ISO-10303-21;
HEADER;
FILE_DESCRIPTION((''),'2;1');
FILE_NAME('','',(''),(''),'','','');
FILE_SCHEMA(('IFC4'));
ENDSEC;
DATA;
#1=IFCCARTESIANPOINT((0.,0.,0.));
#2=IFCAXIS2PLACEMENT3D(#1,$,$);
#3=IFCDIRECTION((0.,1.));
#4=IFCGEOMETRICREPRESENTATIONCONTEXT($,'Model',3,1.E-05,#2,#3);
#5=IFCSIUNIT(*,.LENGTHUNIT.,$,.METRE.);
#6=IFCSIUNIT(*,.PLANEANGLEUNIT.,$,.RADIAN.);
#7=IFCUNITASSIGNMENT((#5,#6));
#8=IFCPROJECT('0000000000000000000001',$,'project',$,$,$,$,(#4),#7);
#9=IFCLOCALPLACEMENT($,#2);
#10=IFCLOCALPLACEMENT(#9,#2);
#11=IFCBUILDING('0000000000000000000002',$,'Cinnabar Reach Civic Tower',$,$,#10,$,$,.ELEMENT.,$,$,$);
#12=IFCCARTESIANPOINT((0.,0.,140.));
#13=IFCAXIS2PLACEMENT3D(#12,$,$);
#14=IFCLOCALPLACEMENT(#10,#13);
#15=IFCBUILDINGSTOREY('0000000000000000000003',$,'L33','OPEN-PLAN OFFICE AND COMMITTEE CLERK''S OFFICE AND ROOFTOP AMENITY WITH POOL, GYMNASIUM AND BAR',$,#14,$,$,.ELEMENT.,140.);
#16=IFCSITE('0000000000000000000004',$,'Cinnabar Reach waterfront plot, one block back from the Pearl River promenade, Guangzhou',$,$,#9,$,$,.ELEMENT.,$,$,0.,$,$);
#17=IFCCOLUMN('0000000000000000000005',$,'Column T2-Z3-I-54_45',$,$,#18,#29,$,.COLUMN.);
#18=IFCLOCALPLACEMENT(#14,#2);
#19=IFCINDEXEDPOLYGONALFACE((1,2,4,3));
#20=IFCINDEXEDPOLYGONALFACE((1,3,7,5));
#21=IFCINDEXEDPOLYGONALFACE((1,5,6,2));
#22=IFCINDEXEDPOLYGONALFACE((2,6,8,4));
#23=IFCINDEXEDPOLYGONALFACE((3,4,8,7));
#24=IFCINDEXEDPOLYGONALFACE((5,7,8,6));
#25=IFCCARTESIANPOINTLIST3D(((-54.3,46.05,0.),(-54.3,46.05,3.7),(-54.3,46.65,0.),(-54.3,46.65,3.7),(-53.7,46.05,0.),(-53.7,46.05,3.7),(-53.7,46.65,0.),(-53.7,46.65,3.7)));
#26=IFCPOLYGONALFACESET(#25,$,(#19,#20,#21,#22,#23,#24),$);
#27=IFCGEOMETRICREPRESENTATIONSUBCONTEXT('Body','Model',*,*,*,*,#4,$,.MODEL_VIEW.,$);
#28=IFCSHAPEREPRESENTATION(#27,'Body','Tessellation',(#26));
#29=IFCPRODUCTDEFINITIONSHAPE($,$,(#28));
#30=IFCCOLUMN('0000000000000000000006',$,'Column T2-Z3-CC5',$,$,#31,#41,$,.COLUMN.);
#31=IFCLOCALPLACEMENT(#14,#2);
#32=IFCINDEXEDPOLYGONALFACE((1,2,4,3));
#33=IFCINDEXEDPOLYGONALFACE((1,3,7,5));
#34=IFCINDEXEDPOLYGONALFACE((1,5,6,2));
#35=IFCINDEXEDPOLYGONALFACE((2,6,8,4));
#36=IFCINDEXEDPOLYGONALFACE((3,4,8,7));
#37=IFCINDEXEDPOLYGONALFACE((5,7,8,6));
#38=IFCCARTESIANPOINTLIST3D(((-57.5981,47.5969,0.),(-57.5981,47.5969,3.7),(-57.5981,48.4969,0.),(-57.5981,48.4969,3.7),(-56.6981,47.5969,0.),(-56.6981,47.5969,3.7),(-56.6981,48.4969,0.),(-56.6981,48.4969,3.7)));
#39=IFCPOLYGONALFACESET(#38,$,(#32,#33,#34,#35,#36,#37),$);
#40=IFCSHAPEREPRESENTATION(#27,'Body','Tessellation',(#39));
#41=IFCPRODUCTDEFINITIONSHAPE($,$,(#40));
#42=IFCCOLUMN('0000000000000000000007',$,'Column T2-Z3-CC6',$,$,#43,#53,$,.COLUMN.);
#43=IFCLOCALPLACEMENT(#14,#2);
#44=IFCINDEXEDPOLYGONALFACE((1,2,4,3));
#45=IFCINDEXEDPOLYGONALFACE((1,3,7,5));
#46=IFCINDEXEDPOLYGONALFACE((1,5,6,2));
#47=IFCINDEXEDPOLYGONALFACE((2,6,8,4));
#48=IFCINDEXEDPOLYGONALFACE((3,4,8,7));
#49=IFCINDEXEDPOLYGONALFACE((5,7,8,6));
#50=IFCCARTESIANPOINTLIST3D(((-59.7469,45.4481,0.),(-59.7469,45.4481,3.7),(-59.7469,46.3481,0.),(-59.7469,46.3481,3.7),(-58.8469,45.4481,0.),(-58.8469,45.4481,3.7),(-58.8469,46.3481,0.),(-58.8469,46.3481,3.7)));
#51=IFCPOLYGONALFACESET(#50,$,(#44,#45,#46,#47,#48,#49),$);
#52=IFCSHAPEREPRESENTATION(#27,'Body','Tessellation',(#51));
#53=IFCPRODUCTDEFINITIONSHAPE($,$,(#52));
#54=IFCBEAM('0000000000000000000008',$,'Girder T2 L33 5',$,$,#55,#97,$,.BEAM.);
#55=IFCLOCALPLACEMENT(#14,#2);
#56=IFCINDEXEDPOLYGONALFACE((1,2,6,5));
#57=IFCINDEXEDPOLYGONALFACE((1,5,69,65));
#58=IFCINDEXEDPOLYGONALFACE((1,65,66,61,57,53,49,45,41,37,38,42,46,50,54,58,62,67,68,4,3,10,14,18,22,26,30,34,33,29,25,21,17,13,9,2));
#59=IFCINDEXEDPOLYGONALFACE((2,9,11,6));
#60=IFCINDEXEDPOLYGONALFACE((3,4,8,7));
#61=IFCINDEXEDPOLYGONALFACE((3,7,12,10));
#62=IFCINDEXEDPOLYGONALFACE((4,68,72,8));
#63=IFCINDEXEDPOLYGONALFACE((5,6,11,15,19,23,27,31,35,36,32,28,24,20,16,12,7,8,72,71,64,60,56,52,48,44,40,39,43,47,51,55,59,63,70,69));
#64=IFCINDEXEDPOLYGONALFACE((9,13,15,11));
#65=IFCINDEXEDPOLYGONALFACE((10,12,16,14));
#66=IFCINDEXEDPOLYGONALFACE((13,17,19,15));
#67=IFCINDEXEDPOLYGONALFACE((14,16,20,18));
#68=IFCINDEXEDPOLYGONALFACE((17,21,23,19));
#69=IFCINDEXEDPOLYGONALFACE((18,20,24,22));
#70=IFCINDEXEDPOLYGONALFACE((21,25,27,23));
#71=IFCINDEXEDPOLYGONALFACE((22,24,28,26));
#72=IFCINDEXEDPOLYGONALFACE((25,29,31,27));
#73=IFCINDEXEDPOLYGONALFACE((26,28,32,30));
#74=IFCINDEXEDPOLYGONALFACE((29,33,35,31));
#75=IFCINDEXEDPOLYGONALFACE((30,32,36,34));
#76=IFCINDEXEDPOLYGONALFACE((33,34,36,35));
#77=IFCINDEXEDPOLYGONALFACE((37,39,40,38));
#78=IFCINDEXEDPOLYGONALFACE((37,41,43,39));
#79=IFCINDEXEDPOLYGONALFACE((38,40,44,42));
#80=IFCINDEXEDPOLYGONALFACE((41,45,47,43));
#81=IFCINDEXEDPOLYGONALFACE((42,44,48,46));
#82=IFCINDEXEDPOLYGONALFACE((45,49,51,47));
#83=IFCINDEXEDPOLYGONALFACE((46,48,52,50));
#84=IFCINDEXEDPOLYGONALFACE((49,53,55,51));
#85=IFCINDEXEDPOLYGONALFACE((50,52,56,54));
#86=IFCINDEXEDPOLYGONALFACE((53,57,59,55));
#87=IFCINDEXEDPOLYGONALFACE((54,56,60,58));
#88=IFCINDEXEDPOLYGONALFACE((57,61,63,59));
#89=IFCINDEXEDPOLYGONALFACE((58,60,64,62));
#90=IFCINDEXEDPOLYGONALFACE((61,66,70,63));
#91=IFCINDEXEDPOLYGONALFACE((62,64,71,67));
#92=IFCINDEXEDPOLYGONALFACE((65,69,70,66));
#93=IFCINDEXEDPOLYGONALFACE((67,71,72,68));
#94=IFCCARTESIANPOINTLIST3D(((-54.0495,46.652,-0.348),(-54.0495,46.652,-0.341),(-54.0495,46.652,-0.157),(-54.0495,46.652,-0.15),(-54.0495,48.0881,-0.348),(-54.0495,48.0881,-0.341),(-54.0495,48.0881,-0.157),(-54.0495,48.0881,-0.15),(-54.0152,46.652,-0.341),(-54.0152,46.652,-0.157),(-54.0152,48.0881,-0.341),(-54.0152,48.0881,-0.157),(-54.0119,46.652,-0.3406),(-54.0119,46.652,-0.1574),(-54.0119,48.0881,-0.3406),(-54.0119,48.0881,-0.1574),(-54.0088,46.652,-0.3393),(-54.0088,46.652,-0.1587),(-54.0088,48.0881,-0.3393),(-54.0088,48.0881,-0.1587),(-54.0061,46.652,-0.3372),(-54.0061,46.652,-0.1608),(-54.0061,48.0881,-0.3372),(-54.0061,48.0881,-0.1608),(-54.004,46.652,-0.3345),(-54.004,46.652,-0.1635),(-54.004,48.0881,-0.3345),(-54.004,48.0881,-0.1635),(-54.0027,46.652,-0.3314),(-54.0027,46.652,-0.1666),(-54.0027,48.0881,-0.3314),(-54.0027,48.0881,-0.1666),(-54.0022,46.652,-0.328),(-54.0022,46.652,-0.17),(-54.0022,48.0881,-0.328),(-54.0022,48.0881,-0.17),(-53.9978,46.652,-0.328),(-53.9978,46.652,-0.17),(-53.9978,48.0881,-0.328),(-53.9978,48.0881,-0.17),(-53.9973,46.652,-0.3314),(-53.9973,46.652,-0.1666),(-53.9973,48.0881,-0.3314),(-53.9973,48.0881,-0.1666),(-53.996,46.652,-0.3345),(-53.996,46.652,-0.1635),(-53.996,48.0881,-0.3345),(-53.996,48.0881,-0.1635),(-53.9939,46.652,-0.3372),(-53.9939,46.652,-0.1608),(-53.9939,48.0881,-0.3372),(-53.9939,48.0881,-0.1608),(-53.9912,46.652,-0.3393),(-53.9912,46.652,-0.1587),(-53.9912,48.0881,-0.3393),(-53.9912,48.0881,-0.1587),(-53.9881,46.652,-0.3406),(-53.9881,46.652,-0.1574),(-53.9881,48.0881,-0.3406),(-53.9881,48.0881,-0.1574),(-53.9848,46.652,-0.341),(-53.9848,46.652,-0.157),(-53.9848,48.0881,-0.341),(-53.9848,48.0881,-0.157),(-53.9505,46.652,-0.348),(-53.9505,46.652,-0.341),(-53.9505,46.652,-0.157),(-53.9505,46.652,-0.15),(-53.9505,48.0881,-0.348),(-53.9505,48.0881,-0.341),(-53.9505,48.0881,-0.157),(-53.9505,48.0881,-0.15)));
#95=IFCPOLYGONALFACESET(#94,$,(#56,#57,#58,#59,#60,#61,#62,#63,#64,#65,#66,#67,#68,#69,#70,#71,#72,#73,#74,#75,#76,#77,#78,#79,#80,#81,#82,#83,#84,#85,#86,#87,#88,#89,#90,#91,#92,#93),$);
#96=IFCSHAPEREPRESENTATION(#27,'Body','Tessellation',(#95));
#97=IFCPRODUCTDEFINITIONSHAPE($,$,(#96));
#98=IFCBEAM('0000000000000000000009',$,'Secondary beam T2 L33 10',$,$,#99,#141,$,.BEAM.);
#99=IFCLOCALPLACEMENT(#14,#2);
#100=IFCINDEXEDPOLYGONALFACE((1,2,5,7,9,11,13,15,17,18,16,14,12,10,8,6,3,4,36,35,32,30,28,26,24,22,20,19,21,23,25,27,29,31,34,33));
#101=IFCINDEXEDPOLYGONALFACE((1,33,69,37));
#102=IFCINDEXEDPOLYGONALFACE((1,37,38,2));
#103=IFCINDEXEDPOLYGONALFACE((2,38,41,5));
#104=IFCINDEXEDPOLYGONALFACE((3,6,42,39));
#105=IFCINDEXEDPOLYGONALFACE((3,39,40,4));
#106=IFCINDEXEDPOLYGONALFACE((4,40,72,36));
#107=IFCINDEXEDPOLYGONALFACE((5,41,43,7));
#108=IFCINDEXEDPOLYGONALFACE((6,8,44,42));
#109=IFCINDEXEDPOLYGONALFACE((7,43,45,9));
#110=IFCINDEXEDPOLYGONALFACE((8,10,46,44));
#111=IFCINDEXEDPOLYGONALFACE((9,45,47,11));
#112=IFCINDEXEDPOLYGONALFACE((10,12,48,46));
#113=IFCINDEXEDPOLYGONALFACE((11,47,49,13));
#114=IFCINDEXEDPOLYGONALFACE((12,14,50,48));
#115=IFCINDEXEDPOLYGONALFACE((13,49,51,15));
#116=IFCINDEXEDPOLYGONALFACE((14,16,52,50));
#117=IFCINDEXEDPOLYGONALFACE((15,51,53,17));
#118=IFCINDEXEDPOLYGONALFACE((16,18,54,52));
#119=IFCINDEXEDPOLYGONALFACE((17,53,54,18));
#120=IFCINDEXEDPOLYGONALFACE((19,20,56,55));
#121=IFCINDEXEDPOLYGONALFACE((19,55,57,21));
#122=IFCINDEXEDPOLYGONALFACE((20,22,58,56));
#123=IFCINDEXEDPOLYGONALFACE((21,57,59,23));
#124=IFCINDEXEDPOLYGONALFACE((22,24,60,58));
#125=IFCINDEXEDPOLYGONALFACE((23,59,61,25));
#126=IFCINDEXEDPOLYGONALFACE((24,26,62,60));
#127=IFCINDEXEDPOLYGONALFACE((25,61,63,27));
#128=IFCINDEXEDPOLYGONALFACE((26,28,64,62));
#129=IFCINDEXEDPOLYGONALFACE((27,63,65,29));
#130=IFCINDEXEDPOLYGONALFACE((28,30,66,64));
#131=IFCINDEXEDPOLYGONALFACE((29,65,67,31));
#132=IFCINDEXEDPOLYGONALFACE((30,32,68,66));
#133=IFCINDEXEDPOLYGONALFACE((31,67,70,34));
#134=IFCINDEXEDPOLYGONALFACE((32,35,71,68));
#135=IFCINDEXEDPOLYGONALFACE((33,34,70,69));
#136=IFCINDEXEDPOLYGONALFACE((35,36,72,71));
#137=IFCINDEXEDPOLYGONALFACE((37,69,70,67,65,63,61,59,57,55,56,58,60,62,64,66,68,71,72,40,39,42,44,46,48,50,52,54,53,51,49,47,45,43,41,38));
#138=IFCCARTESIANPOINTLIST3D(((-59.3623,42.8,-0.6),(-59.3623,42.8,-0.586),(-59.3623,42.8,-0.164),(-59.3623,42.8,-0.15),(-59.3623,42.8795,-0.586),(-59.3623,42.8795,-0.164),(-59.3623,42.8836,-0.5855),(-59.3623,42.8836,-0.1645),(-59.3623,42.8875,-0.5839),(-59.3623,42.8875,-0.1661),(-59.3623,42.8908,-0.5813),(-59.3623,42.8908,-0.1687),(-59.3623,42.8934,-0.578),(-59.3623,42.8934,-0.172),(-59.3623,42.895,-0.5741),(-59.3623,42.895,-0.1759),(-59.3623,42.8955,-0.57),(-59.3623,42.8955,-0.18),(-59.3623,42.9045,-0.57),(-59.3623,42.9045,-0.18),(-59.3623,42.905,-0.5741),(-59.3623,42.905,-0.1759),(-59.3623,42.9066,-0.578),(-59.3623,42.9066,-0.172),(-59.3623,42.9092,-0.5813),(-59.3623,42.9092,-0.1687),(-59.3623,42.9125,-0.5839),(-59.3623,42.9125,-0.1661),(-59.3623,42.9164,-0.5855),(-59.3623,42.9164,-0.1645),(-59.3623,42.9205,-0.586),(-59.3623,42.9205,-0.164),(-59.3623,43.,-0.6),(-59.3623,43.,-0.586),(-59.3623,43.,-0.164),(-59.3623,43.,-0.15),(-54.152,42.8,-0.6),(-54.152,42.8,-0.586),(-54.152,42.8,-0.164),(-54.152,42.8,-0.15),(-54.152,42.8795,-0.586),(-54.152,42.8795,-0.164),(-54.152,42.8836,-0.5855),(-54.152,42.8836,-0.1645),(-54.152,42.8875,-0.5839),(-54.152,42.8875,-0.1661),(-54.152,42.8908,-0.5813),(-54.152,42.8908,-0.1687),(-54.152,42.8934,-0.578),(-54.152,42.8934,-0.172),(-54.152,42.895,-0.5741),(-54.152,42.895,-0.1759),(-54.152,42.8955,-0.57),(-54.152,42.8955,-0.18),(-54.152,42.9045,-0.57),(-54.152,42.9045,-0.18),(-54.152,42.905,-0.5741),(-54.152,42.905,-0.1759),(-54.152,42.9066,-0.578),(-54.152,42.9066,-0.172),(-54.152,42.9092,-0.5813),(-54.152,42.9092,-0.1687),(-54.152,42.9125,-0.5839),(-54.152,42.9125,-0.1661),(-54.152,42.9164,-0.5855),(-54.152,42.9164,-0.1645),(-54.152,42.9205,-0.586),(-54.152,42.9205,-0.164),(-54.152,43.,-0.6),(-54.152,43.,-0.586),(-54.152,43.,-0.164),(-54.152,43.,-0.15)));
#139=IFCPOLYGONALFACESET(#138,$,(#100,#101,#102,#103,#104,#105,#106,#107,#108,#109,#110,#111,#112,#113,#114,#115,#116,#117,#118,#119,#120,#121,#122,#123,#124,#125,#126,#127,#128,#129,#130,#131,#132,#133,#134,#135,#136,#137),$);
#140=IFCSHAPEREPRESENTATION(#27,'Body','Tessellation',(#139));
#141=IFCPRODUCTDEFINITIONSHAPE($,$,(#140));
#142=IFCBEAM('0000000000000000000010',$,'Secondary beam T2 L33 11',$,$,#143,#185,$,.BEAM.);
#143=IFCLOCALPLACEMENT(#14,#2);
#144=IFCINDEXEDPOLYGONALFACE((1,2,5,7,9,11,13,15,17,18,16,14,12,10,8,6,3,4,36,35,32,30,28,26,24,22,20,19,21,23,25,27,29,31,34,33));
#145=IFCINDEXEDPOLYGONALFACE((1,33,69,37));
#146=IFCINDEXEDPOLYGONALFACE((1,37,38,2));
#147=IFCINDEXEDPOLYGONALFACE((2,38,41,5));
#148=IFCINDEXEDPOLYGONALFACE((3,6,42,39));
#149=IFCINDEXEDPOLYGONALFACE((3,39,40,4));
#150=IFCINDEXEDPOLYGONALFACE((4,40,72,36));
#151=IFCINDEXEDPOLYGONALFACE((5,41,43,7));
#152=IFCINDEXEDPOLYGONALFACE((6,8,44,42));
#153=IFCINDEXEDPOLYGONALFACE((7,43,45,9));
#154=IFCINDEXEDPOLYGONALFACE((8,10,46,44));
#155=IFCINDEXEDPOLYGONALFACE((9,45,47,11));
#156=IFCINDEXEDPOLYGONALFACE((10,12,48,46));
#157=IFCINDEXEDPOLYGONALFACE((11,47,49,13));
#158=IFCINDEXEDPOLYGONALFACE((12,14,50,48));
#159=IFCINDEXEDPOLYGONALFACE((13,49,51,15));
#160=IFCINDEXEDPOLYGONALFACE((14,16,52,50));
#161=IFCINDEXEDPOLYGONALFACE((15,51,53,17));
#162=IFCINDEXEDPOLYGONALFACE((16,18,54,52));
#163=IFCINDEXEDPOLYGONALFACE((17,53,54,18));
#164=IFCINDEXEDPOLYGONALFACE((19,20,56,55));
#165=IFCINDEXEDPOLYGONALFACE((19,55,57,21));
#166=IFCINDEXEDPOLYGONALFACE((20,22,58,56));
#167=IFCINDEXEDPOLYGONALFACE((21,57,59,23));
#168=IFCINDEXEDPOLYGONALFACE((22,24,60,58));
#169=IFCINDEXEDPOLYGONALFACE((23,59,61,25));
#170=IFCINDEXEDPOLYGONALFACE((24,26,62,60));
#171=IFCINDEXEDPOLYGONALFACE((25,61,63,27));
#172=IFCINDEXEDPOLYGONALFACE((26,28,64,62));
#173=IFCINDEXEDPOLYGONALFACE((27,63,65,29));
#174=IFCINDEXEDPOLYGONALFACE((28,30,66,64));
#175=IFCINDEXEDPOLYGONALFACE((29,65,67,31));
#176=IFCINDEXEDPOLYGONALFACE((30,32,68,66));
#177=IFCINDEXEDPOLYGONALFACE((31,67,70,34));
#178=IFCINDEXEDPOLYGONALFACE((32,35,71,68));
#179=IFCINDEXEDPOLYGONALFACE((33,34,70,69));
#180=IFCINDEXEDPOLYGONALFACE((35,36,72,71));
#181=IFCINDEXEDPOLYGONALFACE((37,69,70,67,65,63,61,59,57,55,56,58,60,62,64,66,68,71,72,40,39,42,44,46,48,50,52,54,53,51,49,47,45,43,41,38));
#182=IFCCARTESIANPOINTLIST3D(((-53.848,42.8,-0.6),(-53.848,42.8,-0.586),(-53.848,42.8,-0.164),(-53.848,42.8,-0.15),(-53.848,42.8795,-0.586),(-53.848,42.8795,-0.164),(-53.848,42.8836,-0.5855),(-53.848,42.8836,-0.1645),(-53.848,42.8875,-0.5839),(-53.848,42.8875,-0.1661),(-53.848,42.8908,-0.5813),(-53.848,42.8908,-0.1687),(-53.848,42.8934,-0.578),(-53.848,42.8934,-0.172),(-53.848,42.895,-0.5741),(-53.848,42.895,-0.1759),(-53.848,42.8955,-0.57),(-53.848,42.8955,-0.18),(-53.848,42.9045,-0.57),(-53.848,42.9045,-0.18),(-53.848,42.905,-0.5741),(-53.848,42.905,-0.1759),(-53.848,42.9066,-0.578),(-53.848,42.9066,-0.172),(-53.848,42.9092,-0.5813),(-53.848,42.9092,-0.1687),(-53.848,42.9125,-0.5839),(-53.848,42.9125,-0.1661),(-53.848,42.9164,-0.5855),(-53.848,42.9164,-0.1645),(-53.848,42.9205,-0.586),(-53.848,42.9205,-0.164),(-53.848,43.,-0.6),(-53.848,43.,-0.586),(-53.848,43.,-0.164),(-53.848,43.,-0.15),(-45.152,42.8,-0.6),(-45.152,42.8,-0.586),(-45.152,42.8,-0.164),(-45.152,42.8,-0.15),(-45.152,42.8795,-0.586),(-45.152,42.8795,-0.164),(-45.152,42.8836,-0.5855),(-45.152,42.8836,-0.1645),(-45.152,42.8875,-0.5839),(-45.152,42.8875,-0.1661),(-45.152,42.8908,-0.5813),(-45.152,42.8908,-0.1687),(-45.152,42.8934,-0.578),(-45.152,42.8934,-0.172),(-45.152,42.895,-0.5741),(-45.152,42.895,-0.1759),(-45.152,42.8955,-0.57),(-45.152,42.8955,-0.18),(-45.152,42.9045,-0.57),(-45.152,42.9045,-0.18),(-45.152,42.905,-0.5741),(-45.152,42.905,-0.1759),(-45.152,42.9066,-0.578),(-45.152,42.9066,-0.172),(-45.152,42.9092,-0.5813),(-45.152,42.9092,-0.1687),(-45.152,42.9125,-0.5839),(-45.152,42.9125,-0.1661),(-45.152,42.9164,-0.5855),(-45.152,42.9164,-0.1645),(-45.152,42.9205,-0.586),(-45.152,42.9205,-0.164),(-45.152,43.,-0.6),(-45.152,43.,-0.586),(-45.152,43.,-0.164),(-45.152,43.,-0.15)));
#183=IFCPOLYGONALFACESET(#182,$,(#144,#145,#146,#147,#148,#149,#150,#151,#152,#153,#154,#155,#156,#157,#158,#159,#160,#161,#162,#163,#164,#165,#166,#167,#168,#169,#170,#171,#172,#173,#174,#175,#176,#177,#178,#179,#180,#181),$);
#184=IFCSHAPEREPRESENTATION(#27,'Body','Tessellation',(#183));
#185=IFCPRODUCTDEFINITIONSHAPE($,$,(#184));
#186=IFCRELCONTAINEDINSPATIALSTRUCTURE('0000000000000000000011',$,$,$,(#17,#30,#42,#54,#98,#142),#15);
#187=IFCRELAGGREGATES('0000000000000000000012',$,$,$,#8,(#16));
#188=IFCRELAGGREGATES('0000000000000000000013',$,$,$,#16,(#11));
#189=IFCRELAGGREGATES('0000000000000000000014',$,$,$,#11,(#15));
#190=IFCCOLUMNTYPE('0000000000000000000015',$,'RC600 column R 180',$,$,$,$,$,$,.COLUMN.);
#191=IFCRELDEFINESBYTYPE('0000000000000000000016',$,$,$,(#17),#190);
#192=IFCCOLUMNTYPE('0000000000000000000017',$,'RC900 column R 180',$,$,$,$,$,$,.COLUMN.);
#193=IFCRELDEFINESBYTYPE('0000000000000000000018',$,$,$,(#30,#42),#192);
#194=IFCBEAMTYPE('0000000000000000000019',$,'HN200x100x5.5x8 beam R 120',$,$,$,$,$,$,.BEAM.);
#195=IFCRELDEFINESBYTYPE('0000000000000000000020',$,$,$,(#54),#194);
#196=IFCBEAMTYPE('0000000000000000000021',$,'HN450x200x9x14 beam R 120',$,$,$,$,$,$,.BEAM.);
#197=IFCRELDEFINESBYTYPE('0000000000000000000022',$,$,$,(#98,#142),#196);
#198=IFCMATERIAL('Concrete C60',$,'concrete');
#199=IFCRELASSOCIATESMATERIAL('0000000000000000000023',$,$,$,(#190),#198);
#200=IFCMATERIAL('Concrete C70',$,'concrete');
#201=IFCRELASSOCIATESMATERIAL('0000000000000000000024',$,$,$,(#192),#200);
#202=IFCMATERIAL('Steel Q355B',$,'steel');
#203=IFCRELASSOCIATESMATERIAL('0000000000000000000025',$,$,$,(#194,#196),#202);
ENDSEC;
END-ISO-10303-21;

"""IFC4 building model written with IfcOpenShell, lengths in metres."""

from ifc_helpers import new_model, si_unit, direction, frame, origin, origin_2d, place, context, subcontext, project, spatial, rectangle, i_section, extrude, material, material_profile, profile_set, type_object, element, save


model = new_model("IFC4")

# Units and contexts
model_context = context("Model", 3, precision=1e-05, world=origin(), true_north=direction((0.0, 1.0)))
body_context = subcontext(model_context, "Body", "Model", "MODEL_VIEW")
ifc_project = project(units=[si_unit("LENGTHUNIT", "METRE"), si_unit("PLANEANGLEUNIT", "RADIAN")], contexts=[model_context])

# Site, building, storey
site_placement = place(None, origin())
site = spatial("IfcSite", under=ifc_project, at=site_placement, Name="Cinnabar Reach waterfront plot, one block back from the Pearl River promenade, Guangzhou", CompositionType="ELEMENT", RefElevation=0.0)
building_placement = place(site_placement, origin())
building = spatial("IfcBuilding", under=site, at=building_placement, Name="Cinnabar Reach Civic Tower", CompositionType="ELEMENT")
storey_placement = place(building_placement, frame((0.0, 0.0, 140.0)))
storey = spatial("IfcBuildingStorey", under=building, at=storey_placement, Name="L33", Description="OPEN-PLAN OFFICE AND COMMITTEE CLERK'S OFFICE AND ROOFTOP AMENITY WITH POOL, GYMNASIUM AND BAR", CompositionType="ELEMENT", Elevation=140.0)

# Columns
ifc_material_1 = material(Name="Concrete C60", Category="concrete")
ifc_material_profile_1 = material_profile(ifc_material_1, rectangle(XDim=0.6, YDim=0.6, at=origin_2d()), Name="RC600")
ifc_profile_set_1 = profile_set([ifc_material_profile_1], Name="Concrete C60")
column_type_1 = type_object("IfcColumnType", Name="RC600 column R 180", PredefinedType="COLUMN", material=ifc_profile_set_1)
column_placement = place(storey_placement, frame((-54.0, 46.35, 0.0), z_axis=(0.0, 0.0, 1.0), x_axis=(1.0, 0.0, 0.0)))
element("IfcColumn", 1, at=column_placement, inside=storey, type_object=column_type_1, Name="Column T2-Z3-I-54_45", PredefinedType="COLUMN", context=body_context, shape_type="SweptSolid", body=[
    extrude(rectangle(XDim=0.6, YDim=0.6, at=origin_2d()), origin(), (0.0, 0.0, 1.0), 3.7),
])
ifc_material_2 = material(Name="Concrete C70", Category="concrete")
ifc_material_profile_2 = material_profile(ifc_material_2, rectangle(XDim=0.9, YDim=0.9, at=origin_2d()), Name="RC900")
ifc_profile_set_2 = profile_set([ifc_material_profile_2], Name="Concrete C70")
column_type_2 = type_object("IfcColumnType", Name="RC900 column R 180", PredefinedType="COLUMN", material=ifc_profile_set_2)
for number, where, z_axis, x_axis, name in (
    (2, (-57.1481, 48.0469, 0.0), (0.0, 0.0, 1.0), (1.0, 0.0, 0.0), "Column T2-Z3-CC5"),
    (3, (-59.2969, 45.8981, 0.0), (0.0, 0.0, 1.0), (1.0, 0.0, 0.0), "Column T2-Z3-CC6"),
):
    element("IfcColumn", number, at=place(storey_placement, frame(where, z_axis=z_axis, x_axis=x_axis)), inside=storey, type_object=column_type_2, Name=name, PredefinedType="COLUMN", context=body_context, shape_type="SweptSolid", body=[
        extrude(rectangle(XDim=0.9, YDim=0.9, at=origin_2d()), origin(), (0.0, 0.0, 1.0), 3.7),
    ])

# Beams
ifc_material_3 = material(Name="Steel Q355B", Category="steel")
ifc_material_profile_3 = material_profile(ifc_material_3, i_section(OverallWidth=0.099, OverallDepth=0.198, WebThickness=0.0045, FlangeThickness=0.007, FilletRadius=0.013, at=origin_2d()), Name="HN200x100x5.5x8")
ifc_profile_set_3 = profile_set([ifc_material_profile_3], Name="Steel Q355B")
beam_type_1 = type_object("IfcBeamType", Name="HN200x100x5.5x8 beam R 120", PredefinedType="BEAM", material=ifc_profile_set_3)
beam_1_placement = place(storey_placement, frame((-54.0, 46.652, -0.249), z_axis=(0.0, 1.0, 0.0), x_axis=(-1.0, 0.0, 0.0)))
element("IfcBeam", 4, at=beam_1_placement, inside=storey, type_object=beam_type_1, Name="Girder T2 L33 5", PredefinedType="BEAM", context=body_context, shape_type="SweptSolid", body=[
    extrude(i_section(OverallWidth=0.099, OverallDepth=0.198, WebThickness=0.0045, FlangeThickness=0.007, FilletRadius=0.013, at=origin_2d()), origin(), (0.0, 0.0, 1.0), 1.4361),
])
ifc_material_profile_4 = material_profile(ifc_material_3, i_section(OverallWidth=0.2, OverallDepth=0.45, WebThickness=0.009, FlangeThickness=0.014, FilletRadius=0.016, at=origin_2d()), Name="HN450x200x9x14")
ifc_profile_set_4 = profile_set([ifc_material_profile_4], Name="Steel Q355B")
beam_type_2 = type_object("IfcBeamType", Name="HN450x200x9x14 beam R 120", PredefinedType="BEAM", material=ifc_profile_set_4)
beam_2_placement = place(storey_placement, frame((-59.3623, 42.9, -0.375), z_axis=(1.0, 0.0, 0.0), x_axis=(0.0, 1.0, 0.0)))
element("IfcBeam", 5, at=beam_2_placement, inside=storey, type_object=beam_type_2, Name="Secondary beam T2 L33 10", PredefinedType="BEAM", context=body_context, shape_type="SweptSolid", body=[
    extrude(i_section(OverallWidth=0.2, OverallDepth=0.45, WebThickness=0.009, FlangeThickness=0.014, FilletRadius=0.016, at=origin_2d()), origin(), (0.0, 0.0, 1.0), 5.2103),
])
beam_3_placement = place(storey_placement, frame((-53.848, 42.9, -0.375), z_axis=(1.0, 0.0, 0.0), x_axis=(0.0, 1.0, 0.0)))
element("IfcBeam", 6, at=beam_3_placement, inside=storey, type_object=beam_type_2, Name="Secondary beam T2 L33 11", PredefinedType="BEAM", context=body_context, shape_type="SweptSolid", body=[
    extrude(i_section(OverallWidth=0.2, OverallDepth=0.45, WebThickness=0.009, FlangeThickness=0.014, FilletRadius=0.016, at=origin_2d()), origin(), (0.0, 0.0, 1.0), 8.696),
])

save(model, "model.ifc")
